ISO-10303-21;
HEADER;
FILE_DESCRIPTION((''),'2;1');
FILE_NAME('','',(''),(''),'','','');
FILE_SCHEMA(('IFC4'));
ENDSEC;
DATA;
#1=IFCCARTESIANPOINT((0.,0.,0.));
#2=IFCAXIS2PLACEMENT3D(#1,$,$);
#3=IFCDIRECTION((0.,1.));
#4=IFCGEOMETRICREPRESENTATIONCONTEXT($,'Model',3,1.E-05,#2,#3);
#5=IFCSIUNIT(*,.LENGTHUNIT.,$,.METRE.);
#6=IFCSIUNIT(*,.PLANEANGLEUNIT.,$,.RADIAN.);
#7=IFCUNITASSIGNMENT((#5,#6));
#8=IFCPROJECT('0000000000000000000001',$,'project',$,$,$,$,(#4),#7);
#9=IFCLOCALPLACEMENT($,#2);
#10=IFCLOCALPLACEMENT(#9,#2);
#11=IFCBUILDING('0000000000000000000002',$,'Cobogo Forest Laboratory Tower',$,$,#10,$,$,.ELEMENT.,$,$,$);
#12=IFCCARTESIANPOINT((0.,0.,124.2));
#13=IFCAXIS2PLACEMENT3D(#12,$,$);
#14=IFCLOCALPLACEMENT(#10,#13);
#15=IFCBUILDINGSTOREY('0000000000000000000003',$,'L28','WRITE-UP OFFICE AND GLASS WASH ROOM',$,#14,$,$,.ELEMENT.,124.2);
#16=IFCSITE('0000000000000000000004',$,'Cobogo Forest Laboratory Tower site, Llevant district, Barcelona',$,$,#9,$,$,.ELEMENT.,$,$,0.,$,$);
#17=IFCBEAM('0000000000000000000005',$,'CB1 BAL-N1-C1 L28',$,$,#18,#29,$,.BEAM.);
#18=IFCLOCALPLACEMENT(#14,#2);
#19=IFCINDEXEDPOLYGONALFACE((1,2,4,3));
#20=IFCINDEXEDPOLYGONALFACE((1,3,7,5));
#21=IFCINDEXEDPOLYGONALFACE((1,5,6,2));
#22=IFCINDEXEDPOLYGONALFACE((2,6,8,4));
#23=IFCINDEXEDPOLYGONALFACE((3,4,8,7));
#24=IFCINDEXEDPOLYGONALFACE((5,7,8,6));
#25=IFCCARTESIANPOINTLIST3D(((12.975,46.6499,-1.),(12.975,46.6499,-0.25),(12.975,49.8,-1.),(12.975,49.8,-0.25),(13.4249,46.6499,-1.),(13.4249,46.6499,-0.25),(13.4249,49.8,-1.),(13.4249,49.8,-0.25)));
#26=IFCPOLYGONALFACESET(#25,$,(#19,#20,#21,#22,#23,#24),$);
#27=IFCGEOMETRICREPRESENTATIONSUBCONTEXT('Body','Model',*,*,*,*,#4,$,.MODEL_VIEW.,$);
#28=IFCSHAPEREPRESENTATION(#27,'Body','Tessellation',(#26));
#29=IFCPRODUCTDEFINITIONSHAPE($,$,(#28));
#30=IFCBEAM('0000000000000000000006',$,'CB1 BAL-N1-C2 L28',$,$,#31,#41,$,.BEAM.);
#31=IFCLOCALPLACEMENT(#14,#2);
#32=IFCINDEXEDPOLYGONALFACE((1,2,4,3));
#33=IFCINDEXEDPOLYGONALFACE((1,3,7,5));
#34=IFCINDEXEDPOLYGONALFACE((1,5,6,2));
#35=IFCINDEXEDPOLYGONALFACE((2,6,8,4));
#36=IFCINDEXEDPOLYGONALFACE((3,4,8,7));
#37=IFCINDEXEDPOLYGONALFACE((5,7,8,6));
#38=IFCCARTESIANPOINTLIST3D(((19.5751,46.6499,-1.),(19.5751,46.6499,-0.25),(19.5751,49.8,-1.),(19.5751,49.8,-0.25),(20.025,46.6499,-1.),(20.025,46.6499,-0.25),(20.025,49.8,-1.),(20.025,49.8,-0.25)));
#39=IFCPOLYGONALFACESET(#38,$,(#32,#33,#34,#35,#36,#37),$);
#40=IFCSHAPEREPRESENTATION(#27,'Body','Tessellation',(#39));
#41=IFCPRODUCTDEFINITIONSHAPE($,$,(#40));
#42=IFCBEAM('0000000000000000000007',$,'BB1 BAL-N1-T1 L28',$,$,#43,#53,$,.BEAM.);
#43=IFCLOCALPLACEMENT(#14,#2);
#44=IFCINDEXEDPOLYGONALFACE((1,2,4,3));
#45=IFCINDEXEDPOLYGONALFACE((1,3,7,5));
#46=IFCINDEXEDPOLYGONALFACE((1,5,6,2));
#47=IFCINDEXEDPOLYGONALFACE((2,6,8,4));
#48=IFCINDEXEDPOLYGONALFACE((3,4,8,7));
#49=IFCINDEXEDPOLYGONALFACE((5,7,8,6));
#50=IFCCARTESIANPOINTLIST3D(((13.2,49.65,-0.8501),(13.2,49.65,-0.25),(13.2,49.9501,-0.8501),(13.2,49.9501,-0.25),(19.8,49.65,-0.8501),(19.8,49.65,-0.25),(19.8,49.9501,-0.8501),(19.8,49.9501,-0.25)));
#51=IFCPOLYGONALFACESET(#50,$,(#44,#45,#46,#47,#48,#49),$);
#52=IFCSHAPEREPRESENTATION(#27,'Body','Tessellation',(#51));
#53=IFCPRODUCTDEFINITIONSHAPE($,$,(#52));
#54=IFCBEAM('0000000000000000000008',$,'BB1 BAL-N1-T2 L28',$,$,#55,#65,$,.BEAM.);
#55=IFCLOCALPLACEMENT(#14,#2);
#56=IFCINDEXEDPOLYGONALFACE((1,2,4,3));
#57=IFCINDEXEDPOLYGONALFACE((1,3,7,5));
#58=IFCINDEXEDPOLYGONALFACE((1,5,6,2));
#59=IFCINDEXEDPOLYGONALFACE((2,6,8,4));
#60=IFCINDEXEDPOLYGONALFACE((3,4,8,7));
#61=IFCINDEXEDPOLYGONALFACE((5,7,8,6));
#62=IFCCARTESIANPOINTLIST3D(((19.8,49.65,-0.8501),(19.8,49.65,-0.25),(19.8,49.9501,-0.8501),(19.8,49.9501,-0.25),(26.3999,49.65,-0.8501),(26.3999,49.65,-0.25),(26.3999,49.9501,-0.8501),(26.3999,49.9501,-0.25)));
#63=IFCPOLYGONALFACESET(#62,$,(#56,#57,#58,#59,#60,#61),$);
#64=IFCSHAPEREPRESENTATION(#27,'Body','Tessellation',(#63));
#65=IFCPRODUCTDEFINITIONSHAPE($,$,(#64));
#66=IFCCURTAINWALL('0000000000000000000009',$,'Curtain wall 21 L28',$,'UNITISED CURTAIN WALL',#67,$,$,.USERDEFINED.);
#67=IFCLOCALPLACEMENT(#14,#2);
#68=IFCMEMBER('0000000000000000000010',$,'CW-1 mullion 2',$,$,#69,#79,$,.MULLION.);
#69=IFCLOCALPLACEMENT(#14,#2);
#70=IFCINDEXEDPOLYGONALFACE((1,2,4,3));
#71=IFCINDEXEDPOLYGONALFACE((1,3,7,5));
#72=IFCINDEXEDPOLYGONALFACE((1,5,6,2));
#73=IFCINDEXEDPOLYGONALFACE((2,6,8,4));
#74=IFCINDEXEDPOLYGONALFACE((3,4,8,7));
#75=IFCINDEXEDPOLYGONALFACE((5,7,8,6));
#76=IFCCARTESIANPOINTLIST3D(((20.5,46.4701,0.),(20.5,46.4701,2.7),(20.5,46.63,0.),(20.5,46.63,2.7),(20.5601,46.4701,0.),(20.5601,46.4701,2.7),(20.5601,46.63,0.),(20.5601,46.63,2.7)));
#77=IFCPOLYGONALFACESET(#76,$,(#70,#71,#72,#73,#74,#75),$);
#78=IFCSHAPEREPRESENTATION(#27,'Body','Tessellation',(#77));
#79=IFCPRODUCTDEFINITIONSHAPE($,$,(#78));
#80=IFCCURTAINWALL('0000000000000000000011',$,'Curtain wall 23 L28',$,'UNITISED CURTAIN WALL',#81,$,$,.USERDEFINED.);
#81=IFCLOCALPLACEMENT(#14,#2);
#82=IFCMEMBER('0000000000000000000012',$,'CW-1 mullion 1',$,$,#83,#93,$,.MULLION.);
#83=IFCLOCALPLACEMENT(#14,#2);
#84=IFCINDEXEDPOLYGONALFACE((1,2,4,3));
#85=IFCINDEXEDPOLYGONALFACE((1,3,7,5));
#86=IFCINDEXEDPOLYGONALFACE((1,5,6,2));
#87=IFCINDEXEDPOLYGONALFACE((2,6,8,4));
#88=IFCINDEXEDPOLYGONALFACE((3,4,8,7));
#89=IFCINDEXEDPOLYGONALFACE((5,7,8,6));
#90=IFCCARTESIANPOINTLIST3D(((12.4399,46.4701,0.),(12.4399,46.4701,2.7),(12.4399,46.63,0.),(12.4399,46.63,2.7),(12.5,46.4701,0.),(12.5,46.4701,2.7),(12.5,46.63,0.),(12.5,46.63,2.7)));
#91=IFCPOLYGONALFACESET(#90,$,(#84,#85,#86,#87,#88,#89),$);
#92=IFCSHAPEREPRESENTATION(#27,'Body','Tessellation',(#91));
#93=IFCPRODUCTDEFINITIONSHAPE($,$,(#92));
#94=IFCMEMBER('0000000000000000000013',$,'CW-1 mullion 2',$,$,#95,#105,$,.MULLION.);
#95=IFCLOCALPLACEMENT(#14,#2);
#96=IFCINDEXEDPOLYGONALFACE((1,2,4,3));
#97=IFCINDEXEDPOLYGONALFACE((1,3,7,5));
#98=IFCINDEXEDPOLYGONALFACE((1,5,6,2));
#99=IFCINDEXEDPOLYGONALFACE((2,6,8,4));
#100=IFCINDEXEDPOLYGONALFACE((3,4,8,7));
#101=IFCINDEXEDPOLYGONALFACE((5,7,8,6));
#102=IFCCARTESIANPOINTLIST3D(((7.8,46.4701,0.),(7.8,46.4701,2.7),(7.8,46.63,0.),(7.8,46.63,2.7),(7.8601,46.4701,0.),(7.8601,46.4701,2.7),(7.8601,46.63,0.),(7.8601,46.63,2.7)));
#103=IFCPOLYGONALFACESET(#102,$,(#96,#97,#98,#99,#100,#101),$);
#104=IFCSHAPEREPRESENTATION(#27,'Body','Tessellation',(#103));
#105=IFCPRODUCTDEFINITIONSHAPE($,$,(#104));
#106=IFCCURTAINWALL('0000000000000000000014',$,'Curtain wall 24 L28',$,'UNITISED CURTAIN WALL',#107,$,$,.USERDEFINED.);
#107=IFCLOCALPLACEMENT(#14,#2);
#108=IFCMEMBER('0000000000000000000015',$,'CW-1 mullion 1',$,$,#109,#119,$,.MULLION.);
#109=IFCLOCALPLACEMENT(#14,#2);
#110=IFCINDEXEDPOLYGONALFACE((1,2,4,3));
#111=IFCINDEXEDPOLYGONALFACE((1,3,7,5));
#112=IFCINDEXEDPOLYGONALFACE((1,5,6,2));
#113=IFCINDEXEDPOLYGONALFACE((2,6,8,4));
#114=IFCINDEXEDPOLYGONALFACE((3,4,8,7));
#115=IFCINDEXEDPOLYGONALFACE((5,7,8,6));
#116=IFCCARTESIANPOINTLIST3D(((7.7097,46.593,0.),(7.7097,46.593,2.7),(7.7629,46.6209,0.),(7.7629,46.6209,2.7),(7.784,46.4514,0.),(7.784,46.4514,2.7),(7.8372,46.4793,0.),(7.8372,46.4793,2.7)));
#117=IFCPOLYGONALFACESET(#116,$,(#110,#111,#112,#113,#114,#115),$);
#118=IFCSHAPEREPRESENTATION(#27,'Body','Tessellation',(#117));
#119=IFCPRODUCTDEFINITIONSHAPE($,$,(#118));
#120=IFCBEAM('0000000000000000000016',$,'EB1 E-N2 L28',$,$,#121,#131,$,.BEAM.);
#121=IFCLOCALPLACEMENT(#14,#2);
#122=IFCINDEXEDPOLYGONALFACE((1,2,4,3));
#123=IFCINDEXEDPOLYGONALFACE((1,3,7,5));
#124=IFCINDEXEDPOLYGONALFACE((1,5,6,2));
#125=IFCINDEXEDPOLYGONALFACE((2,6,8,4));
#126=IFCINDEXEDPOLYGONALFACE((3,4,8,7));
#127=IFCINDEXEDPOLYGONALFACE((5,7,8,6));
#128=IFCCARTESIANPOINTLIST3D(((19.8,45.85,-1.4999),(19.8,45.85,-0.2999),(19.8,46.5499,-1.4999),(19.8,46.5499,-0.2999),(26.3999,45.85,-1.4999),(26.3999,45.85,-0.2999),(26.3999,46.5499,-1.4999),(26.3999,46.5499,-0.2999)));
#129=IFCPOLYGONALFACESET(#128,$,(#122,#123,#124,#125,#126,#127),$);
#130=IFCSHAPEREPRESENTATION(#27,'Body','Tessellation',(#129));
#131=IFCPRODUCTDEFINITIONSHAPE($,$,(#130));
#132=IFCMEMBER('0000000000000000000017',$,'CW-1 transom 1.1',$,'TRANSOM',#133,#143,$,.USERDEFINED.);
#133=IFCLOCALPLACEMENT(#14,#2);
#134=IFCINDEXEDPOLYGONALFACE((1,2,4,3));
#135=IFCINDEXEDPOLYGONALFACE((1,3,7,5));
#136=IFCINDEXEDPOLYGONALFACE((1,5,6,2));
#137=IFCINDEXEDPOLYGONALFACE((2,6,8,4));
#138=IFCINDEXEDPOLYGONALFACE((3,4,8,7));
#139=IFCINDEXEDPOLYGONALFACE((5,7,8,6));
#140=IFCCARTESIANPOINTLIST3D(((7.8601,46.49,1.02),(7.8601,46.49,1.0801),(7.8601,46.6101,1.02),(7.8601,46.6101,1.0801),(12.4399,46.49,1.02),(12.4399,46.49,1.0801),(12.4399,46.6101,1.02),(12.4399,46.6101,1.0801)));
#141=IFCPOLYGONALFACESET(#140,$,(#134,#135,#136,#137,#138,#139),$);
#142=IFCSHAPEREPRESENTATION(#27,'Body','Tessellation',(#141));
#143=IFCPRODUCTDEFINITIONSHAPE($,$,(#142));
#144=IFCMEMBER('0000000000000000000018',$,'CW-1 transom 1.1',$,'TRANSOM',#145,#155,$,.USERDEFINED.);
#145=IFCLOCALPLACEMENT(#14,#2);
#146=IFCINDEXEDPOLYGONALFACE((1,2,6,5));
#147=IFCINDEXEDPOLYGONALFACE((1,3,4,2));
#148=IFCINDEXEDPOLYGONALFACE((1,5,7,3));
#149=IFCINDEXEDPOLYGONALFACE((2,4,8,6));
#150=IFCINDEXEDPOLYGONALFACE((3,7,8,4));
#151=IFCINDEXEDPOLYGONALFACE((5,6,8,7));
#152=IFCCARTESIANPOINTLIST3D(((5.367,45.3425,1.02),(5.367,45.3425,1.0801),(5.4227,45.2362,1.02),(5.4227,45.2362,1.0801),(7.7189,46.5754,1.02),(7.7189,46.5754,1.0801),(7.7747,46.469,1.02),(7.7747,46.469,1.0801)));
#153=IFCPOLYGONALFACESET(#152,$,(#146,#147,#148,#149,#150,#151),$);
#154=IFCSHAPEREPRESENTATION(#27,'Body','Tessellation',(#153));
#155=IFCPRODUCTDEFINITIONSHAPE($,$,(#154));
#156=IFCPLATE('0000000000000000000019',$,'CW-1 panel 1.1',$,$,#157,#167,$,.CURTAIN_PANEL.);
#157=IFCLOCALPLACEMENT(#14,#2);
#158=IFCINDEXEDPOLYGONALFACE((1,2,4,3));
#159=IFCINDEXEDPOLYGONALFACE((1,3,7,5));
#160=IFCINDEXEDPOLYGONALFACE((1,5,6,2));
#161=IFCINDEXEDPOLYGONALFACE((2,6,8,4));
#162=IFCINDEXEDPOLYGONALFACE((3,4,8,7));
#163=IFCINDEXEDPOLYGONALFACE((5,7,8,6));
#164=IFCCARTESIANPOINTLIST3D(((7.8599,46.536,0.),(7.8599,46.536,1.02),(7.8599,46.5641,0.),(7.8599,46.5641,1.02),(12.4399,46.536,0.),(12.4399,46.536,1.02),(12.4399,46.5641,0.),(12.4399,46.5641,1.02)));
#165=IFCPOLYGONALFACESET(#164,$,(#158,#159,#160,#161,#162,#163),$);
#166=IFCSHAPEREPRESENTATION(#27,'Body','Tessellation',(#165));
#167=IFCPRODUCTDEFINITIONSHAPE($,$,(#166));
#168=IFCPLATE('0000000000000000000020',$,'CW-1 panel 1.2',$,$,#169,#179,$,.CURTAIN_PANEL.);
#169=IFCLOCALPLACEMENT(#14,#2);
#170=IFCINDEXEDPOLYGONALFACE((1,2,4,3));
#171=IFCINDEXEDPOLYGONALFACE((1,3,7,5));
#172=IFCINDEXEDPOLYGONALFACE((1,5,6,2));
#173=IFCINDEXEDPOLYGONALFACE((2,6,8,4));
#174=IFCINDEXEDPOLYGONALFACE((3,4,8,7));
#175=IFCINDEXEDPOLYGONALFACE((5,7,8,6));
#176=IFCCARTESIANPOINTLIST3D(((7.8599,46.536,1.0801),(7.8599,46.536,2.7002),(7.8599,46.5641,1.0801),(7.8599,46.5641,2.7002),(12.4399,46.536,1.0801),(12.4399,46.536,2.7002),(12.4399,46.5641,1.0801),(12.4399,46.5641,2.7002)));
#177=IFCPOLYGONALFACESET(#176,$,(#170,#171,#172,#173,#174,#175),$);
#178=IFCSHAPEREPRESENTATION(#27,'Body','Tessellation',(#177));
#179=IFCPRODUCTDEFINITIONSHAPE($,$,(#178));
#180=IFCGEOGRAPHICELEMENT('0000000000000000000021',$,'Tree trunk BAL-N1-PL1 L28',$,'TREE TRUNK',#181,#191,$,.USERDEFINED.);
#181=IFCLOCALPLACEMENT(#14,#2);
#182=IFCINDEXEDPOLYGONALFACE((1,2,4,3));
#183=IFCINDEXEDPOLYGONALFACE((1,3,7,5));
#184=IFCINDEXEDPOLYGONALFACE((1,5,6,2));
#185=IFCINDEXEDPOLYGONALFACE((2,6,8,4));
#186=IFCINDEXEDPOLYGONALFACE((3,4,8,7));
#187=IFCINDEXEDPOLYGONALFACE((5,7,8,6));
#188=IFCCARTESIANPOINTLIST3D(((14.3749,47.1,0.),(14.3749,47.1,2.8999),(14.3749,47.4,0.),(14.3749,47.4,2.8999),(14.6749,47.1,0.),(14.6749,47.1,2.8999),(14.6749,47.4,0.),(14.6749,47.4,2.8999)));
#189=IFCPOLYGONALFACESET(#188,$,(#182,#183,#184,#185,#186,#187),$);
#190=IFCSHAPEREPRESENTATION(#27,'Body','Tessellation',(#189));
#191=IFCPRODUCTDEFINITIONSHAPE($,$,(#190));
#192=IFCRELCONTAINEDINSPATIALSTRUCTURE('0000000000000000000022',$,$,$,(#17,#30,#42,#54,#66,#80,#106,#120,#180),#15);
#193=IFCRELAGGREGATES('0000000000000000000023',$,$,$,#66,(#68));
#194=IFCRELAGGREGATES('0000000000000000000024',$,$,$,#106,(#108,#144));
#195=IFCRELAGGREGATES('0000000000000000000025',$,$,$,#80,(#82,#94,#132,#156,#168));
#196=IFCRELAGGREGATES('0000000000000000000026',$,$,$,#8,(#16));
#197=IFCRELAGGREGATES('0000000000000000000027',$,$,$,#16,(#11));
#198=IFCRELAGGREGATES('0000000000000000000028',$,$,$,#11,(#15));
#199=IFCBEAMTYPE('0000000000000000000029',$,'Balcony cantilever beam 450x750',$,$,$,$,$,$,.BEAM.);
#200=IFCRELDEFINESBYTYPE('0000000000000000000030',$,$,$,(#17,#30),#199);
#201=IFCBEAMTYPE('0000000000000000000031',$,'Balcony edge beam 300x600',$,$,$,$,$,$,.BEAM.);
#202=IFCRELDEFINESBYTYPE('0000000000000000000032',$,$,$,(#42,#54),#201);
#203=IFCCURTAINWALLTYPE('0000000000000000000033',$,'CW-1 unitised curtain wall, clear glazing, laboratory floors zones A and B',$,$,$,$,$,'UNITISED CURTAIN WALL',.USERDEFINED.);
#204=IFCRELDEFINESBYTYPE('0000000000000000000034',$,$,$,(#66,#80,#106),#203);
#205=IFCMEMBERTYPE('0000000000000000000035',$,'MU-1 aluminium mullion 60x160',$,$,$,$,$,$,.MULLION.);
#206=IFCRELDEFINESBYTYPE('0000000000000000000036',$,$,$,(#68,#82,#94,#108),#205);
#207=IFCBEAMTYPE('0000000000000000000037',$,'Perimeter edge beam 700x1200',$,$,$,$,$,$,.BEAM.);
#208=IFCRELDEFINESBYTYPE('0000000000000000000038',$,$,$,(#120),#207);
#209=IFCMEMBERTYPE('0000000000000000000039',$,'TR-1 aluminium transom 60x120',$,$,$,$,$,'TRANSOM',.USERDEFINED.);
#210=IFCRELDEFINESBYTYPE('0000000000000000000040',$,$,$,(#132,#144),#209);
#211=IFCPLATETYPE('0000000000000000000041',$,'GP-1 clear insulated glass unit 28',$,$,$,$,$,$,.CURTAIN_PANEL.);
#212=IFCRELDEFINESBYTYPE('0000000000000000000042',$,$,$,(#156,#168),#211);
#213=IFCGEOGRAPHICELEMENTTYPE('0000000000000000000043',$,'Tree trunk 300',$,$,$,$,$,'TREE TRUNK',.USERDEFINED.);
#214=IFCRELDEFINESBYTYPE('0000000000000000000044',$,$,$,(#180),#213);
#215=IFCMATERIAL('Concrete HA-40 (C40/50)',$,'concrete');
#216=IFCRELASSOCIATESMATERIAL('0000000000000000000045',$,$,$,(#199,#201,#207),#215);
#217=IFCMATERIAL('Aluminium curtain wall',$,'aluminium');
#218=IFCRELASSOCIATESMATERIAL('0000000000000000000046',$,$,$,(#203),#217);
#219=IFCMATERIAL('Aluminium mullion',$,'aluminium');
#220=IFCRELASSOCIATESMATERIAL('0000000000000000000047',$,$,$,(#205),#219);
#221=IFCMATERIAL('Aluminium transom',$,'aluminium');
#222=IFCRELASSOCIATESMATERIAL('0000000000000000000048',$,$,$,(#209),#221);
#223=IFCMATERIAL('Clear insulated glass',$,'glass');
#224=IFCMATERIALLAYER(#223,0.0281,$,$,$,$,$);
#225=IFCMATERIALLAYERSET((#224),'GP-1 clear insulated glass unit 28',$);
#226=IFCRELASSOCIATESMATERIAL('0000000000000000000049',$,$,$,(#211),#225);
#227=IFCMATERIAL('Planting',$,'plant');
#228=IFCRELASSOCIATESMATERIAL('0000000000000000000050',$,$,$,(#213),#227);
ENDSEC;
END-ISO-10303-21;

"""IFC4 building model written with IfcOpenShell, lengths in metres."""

from ifc_helpers import new_model, si_unit, direction, frame, origin, origin_2d, place, context, subcontext, project, spatial, rectangle, extrude, material, layer, layer_set, material_profile, profile_set, type_object, element, aggregate, save


model = new_model("IFC4")

# Units and contexts
model_context = context("Model", 3, precision=1e-05, world=origin(), true_north=direction((0.0, 1.0)))
body_context = subcontext(model_context, "Body", "Model", "MODEL_VIEW")
ifc_project = project(units=[si_unit("LENGTHUNIT", "METRE"), si_unit("PLANEANGLEUNIT", "RADIAN")], contexts=[model_context])

# Site, building, storey
site_placement = place(None, origin())
site = spatial("IfcSite", under=ifc_project, at=site_placement, Name="Cobogo Forest Laboratory Tower site, Llevant district, Barcelona", CompositionType="ELEMENT", RefElevation=0.0)
building_placement = place(site_placement, origin())
building = spatial("IfcBuilding", under=site, at=building_placement, Name="Cobogo Forest Laboratory Tower", CompositionType="ELEMENT")
storey_placement = place(building_placement, frame((0.0, 0.0, 124.2)))
storey = spatial("IfcBuildingStorey", under=building, at=storey_placement, Name="L28", Description="WRITE-UP OFFICE AND GLASS WASH ROOM", CompositionType="ELEMENT", Elevation=124.2)

# Beams
ifc_material_1 = material(Name="Concrete HA-40 (C40/50)", Category="concrete")
ifc_material_profile_1 = material_profile(ifc_material_1, rectangle(XDim=0.45, YDim=0.75, at=origin_2d()), Name="RC 450x750")
ifc_profile_set_1 = profile_set([ifc_material_profile_1], Name="Concrete HA-40 (C40/50)")
beam_type_1 = type_object("IfcBeamType", Name="Balcony cantilever beam 450x750", PredefinedType="BEAM", material=ifc_profile_set_1)
for number, where, z_axis, x_axis, name in (
    (1, (13.2, 46.6499, -0.625), (0.0, 1.0, 0.0), (-1.0, 0.0, 0.0), "CB1 BAL-N1-C1 L28"),
    (2, (19.8, 46.6499, -0.625), (0.0, 1.0, 0.0), (-1.0, 0.0, 0.0), "CB1 BAL-N1-C2 L28"),
):
    element("IfcBeam", number, at=place(storey_placement, frame(where, z_axis=z_axis, x_axis=x_axis)), inside=storey, type_object=beam_type_1, Name=name, PredefinedType="BEAM", context=body_context, shape_type="SweptSolid", body=[
        extrude(rectangle(XDim=0.45, YDim=0.75, at=origin_2d()), origin(), (0.0, 0.0, 1.0), 3.1501),
    ])
ifc_material_profile_2 = material_profile(ifc_material_1, rectangle(XDim=0.3, YDim=0.6001, at=origin_2d()), Name="RC 300x600")
ifc_profile_set_2 = profile_set([ifc_material_profile_2], Name="Concrete HA-40 (C40/50)")
beam_type_2 = type_object("IfcBeamType", Name="Balcony edge beam 300x600", PredefinedType="BEAM", material=ifc_profile_set_2)
beam_1_placement = place(storey_placement, frame((13.2, 49.8, -0.55), z_axis=(1.0, 0.0, 0.0), x_axis=(0.0, 1.0, 0.0)))
element("IfcBeam", 3, at=beam_1_placement, inside=storey, type_object=beam_type_2, Name="BB1 BAL-N1-T1 L28", PredefinedType="BEAM", context=body_context, shape_type="SweptSolid", body=[
    extrude(rectangle(XDim=0.3, YDim=0.6001, at=origin_2d()), origin(), (0.0, 0.0, 1.0), 6.6001),
])
beam_2_placement = place(storey_placement, frame((19.8, 49.8, -0.55), z_axis=(1.0, 0.0, 0.0), x_axis=(0.0, 1.0, 0.0)))
element("IfcBeam", 4, at=beam_2_placement, inside=storey, type_object=beam_type_2, Name="BB1 BAL-N1-T2 L28", PredefinedType="BEAM", context=body_context, shape_type="SweptSolid", body=[
    extrude(rectangle(XDim=0.3, YDim=0.6001, at=origin_2d()), origin(), (0.0, 0.0, 1.0), 6.5999),
])

# Curtain wall, member
ifc_material_2 = material(Name="Aluminium curtain wall", Category="aluminium")
curtain_wall_type = type_object("IfcCurtainWallType", Name="CW-1 unitised curtain wall, clear glazing, laboratory floors zones A and B", ElementType="UNITISED CURTAIN WALL", PredefinedType="USERDEFINED", material=ifc_material_2)
curtain_wall_1_placement = place(storey_placement, origin())
curtain_wall_1 = element("IfcCurtainWall", 5, at=curtain_wall_1_placement, inside=storey, type_object=curtain_wall_type, Name="Curtain wall 21 L28", ObjectType="UNITISED CURTAIN WALL", PredefinedType="USERDEFINED")
ifc_material_3 = material(Name="Aluminium mullion", Category="aluminium")
ifc_material_profile_3 = material_profile(ifc_material_3, rectangle(XDim=0.0601, YDim=0.1599, at=origin_2d()), Name="AL 60x160")
ifc_profile_set_3 = profile_set([ifc_material_profile_3], Name="Aluminium mullion")
member_type_1 = type_object("IfcMemberType", Name="MU-1 aluminium mullion 60x160", PredefinedType="MULLION", material=ifc_profile_set_3)
member_1_placement = place(storey_placement, frame((20.53, 46.55, 0.0), z_axis=(0.0, 0.0, 1.0), x_axis=(-1.0, 0.0, 0.0)))
member_1 = element("IfcMember", 6, at=member_1_placement, type_object=member_type_1, Name="CW-1 mullion 2", PredefinedType="MULLION", context=body_context, shape_type="SweptSolid", body=[
    extrude(rectangle(XDim=0.0601, YDim=0.1599, at=origin_2d()), origin(), (0.0, 0.0, 1.0), 2.7),
])
aggregate(curtain_wall_1, [member_1])

# Curtain wall, members
curtain_wall_2_placement = place(storey_placement, origin())
curtain_wall_2 = element("IfcCurtainWall", 7, at=curtain_wall_2_placement, inside=storey, type_object=curtain_wall_type, Name="Curtain wall 23 L28", ObjectType="UNITISED CURTAIN WALL", PredefinedType="USERDEFINED")
member_2_placement = place(storey_placement, frame((12.47, 46.55, 0.0), z_axis=(0.0, 0.0, 1.0), x_axis=(-1.0, 0.0, 0.0)))
member_2 = element("IfcMember", 8, at=member_2_placement, type_object=member_type_1, Name="CW-1 mullion 1", PredefinedType="MULLION", context=body_context, shape_type="SweptSolid", body=[
    extrude(rectangle(XDim=0.0601, YDim=0.1599, at=origin_2d()), origin(), (0.0, 0.0, 1.0), 2.7),
])
member_3_placement = place(storey_placement, frame((7.8301, 46.55, 0.0), z_axis=(0.0, 0.0, 1.0), x_axis=(-1.0, 0.0, 0.0)))
member_3 = element("IfcMember", 9, at=member_3_placement, type_object=member_type_1, Name="CW-1 mullion 2", PredefinedType="MULLION", context=body_context, shape_type="SweptSolid", body=[
    extrude(rectangle(XDim=0.0601, YDim=0.1599, at=origin_2d()), origin(), (0.0, 0.0, 1.0), 2.7),
])

# Curtain wall, member
curtain_wall_3_placement = place(storey_placement, origin())
curtain_wall_3 = element("IfcCurtainWall", 10, at=curtain_wall_3_placement, inside=storey, type_object=curtain_wall_type, Name="Curtain wall 24 L28", ObjectType="UNITISED CURTAIN WALL", PredefinedType="USERDEFINED")
member_4_placement = place(storey_placement, frame((7.7734, 46.5361, 0.0), z_axis=(0.0, 0.0, 1.0), x_axis=(-0.885687, -0.464284, 0.0)))
member_4 = element("IfcMember", 11, at=member_4_placement, type_object=member_type_1, Name="CW-1 mullion 1", PredefinedType="MULLION", context=body_context, shape_type="SweptSolid", body=[
    extrude(rectangle(XDim=0.0601, YDim=0.1599, at=origin_2d()), origin(), (0.0, 0.0, 1.0), 2.7),
])

# Beam
ifc_material_profile_4 = material_profile(ifc_material_1, rectangle(XDim=0.7, YDim=1.2, at=origin_2d()), Name="RC 700x1200")
ifc_profile_set_4 = profile_set([ifc_material_profile_4], Name="Concrete HA-40 (C40/50)")
beam_type_3 = type_object("IfcBeamType", Name="Perimeter edge beam 700x1200", PredefinedType="BEAM", material=ifc_profile_set_4)
beam_3_placement = place(storey_placement, frame((19.8, 46.2, -0.8999), z_axis=(1.0, 0.0, 0.0), x_axis=(0.0, 1.0, 0.0)))
element("IfcBeam", 12, at=beam_3_placement, inside=storey, type_object=beam_type_3, Name="EB1 E-N2 L28", PredefinedType="BEAM", context=body_context, shape_type="SweptSolid", body=[
    extrude(rectangle(XDim=0.7, YDim=1.2, at=origin_2d()), origin(), (0.0, 0.0, 1.0), 6.5999),
])

# Members
ifc_material_4 = material(Name="Aluminium transom", Category="aluminium")
ifc_material_profile_5 = material_profile(ifc_material_4, rectangle(XDim=0.1201, YDim=0.0601, at=origin_2d()), Name="AL 60x120")
ifc_profile_set_5 = profile_set([ifc_material_profile_5], Name="Aluminium transom")
member_type_2 = type_object("IfcMemberType", Name="TR-1 aluminium transom 60x120", ElementType="TRANSOM", PredefinedType="USERDEFINED", material=ifc_profile_set_5)
member_5_placement = place(storey_placement, frame((12.4399, 46.55, 1.05), z_axis=(-1.0, 0.0, 0.0), x_axis=(0.0, -1.0, 0.0)))
member_5 = element("IfcMember", 13, at=member_5_placement, type_object=member_type_2, Name="CW-1 transom 1.1", ObjectType="TRANSOM", PredefinedType="USERDEFINED", context=body_context, shape_type="SweptSolid", body=[
    extrude(rectangle(XDim=0.1201, YDim=0.0601, at=origin_2d()), origin(), (0.0, 0.0, 1.0), 4.5798),
])
member_6_placement = place(storey_placement, frame((7.7468, 46.5222, 1.05), z_axis=(-0.885695, -0.464268, 0.0), x_axis=(0.464268, -0.885695, 0.0)))
member_6 = element("IfcMember", 14, at=member_6_placement, type_object=member_type_2, Name="CW-1 transom 1.1", ObjectType="TRANSOM", PredefinedType="USERDEFINED", context=body_context, shape_type="SweptSolid", body=[
    extrude(rectangle(XDim=0.1201, YDim=0.0601, at=origin_2d()), origin(), (0.0, 0.0, 1.0), 2.6555),
])
aggregate(curtain_wall_3, [member_4, member_6])

# Plates
ifc_material_5 = material(Name="Clear insulated glass", Category="glass")
ifc_layer_1 = layer(ifc_material_5, 0.0281)
ifc_layer_set_1 = layer_set([ifc_layer_1], Name="GP-1 clear insulated glass unit 28")
plate_type = type_object("IfcPlateType", Name="GP-1 clear insulated glass unit 28", PredefinedType="CURTAIN_PANEL", material=ifc_layer_set_1)
plate_1_placement = place(storey_placement, frame((10.1499, 46.55, 0.0), z_axis=(0.0, 0.0, 1.0), x_axis=(-1.0, 0.0, 0.0)))
plate_1 = element("IfcPlate", 15, at=plate_1_placement, type_object=plate_type, Name="CW-1 panel 1.1", PredefinedType="CURTAIN_PANEL", context=body_context, shape_type="SweptSolid", body=[
    extrude(rectangle(XDim=4.5801, YDim=0.0281, at=origin_2d()), origin(), (0.0, 0.0, 1.0), 1.02),
])
plate_2_placement = place(storey_placement, frame((10.1499, 46.55, 1.0801), z_axis=(0.0, 0.0, 1.0), x_axis=(-1.0, 0.0, 0.0)))
plate_2 = element("IfcPlate", 16, at=plate_2_placement, type_object=plate_type, Name="CW-1 panel 1.2", PredefinedType="CURTAIN_PANEL", context=body_context, shape_type="SweptSolid", body=[
    extrude(rectangle(XDim=4.5801, YDim=0.0281, at=origin_2d()), origin(), (0.0, 0.0, 1.0), 1.6201),
])
aggregate(curtain_wall_2, [member_2, member_3, member_5, plate_1, plate_2])

# Geographic element
ifc_material_6 = material(Name="Planting", Category="plant")
geographic_element_type = type_object("IfcGeographicElementType", Name="Tree trunk 300", ElementType="TREE TRUNK", PredefinedType="USERDEFINED", material=ifc_material_6)
geographic_element_placement = place(storey_placement, frame((14.5249, 47.25, 0.0), z_axis=(0.0, 0.0, 1.0), x_axis=(1.0, 0.0, 0.0)))
element("IfcGeographicElement", 17, at=geographic_element_placement, inside=storey, type_object=geographic_element_type, Name="Tree trunk BAL-N1-PL1 L28", ObjectType="TREE TRUNK", PredefinedType="USERDEFINED", context=body_context, shape_type="SweptSolid", body=[
    extrude(rectangle(XDim=0.3, YDim=0.3, at=origin_2d()), origin(), (0.0, 0.0, 1.0), 2.8999),
])

save(model, "model.ifc")
